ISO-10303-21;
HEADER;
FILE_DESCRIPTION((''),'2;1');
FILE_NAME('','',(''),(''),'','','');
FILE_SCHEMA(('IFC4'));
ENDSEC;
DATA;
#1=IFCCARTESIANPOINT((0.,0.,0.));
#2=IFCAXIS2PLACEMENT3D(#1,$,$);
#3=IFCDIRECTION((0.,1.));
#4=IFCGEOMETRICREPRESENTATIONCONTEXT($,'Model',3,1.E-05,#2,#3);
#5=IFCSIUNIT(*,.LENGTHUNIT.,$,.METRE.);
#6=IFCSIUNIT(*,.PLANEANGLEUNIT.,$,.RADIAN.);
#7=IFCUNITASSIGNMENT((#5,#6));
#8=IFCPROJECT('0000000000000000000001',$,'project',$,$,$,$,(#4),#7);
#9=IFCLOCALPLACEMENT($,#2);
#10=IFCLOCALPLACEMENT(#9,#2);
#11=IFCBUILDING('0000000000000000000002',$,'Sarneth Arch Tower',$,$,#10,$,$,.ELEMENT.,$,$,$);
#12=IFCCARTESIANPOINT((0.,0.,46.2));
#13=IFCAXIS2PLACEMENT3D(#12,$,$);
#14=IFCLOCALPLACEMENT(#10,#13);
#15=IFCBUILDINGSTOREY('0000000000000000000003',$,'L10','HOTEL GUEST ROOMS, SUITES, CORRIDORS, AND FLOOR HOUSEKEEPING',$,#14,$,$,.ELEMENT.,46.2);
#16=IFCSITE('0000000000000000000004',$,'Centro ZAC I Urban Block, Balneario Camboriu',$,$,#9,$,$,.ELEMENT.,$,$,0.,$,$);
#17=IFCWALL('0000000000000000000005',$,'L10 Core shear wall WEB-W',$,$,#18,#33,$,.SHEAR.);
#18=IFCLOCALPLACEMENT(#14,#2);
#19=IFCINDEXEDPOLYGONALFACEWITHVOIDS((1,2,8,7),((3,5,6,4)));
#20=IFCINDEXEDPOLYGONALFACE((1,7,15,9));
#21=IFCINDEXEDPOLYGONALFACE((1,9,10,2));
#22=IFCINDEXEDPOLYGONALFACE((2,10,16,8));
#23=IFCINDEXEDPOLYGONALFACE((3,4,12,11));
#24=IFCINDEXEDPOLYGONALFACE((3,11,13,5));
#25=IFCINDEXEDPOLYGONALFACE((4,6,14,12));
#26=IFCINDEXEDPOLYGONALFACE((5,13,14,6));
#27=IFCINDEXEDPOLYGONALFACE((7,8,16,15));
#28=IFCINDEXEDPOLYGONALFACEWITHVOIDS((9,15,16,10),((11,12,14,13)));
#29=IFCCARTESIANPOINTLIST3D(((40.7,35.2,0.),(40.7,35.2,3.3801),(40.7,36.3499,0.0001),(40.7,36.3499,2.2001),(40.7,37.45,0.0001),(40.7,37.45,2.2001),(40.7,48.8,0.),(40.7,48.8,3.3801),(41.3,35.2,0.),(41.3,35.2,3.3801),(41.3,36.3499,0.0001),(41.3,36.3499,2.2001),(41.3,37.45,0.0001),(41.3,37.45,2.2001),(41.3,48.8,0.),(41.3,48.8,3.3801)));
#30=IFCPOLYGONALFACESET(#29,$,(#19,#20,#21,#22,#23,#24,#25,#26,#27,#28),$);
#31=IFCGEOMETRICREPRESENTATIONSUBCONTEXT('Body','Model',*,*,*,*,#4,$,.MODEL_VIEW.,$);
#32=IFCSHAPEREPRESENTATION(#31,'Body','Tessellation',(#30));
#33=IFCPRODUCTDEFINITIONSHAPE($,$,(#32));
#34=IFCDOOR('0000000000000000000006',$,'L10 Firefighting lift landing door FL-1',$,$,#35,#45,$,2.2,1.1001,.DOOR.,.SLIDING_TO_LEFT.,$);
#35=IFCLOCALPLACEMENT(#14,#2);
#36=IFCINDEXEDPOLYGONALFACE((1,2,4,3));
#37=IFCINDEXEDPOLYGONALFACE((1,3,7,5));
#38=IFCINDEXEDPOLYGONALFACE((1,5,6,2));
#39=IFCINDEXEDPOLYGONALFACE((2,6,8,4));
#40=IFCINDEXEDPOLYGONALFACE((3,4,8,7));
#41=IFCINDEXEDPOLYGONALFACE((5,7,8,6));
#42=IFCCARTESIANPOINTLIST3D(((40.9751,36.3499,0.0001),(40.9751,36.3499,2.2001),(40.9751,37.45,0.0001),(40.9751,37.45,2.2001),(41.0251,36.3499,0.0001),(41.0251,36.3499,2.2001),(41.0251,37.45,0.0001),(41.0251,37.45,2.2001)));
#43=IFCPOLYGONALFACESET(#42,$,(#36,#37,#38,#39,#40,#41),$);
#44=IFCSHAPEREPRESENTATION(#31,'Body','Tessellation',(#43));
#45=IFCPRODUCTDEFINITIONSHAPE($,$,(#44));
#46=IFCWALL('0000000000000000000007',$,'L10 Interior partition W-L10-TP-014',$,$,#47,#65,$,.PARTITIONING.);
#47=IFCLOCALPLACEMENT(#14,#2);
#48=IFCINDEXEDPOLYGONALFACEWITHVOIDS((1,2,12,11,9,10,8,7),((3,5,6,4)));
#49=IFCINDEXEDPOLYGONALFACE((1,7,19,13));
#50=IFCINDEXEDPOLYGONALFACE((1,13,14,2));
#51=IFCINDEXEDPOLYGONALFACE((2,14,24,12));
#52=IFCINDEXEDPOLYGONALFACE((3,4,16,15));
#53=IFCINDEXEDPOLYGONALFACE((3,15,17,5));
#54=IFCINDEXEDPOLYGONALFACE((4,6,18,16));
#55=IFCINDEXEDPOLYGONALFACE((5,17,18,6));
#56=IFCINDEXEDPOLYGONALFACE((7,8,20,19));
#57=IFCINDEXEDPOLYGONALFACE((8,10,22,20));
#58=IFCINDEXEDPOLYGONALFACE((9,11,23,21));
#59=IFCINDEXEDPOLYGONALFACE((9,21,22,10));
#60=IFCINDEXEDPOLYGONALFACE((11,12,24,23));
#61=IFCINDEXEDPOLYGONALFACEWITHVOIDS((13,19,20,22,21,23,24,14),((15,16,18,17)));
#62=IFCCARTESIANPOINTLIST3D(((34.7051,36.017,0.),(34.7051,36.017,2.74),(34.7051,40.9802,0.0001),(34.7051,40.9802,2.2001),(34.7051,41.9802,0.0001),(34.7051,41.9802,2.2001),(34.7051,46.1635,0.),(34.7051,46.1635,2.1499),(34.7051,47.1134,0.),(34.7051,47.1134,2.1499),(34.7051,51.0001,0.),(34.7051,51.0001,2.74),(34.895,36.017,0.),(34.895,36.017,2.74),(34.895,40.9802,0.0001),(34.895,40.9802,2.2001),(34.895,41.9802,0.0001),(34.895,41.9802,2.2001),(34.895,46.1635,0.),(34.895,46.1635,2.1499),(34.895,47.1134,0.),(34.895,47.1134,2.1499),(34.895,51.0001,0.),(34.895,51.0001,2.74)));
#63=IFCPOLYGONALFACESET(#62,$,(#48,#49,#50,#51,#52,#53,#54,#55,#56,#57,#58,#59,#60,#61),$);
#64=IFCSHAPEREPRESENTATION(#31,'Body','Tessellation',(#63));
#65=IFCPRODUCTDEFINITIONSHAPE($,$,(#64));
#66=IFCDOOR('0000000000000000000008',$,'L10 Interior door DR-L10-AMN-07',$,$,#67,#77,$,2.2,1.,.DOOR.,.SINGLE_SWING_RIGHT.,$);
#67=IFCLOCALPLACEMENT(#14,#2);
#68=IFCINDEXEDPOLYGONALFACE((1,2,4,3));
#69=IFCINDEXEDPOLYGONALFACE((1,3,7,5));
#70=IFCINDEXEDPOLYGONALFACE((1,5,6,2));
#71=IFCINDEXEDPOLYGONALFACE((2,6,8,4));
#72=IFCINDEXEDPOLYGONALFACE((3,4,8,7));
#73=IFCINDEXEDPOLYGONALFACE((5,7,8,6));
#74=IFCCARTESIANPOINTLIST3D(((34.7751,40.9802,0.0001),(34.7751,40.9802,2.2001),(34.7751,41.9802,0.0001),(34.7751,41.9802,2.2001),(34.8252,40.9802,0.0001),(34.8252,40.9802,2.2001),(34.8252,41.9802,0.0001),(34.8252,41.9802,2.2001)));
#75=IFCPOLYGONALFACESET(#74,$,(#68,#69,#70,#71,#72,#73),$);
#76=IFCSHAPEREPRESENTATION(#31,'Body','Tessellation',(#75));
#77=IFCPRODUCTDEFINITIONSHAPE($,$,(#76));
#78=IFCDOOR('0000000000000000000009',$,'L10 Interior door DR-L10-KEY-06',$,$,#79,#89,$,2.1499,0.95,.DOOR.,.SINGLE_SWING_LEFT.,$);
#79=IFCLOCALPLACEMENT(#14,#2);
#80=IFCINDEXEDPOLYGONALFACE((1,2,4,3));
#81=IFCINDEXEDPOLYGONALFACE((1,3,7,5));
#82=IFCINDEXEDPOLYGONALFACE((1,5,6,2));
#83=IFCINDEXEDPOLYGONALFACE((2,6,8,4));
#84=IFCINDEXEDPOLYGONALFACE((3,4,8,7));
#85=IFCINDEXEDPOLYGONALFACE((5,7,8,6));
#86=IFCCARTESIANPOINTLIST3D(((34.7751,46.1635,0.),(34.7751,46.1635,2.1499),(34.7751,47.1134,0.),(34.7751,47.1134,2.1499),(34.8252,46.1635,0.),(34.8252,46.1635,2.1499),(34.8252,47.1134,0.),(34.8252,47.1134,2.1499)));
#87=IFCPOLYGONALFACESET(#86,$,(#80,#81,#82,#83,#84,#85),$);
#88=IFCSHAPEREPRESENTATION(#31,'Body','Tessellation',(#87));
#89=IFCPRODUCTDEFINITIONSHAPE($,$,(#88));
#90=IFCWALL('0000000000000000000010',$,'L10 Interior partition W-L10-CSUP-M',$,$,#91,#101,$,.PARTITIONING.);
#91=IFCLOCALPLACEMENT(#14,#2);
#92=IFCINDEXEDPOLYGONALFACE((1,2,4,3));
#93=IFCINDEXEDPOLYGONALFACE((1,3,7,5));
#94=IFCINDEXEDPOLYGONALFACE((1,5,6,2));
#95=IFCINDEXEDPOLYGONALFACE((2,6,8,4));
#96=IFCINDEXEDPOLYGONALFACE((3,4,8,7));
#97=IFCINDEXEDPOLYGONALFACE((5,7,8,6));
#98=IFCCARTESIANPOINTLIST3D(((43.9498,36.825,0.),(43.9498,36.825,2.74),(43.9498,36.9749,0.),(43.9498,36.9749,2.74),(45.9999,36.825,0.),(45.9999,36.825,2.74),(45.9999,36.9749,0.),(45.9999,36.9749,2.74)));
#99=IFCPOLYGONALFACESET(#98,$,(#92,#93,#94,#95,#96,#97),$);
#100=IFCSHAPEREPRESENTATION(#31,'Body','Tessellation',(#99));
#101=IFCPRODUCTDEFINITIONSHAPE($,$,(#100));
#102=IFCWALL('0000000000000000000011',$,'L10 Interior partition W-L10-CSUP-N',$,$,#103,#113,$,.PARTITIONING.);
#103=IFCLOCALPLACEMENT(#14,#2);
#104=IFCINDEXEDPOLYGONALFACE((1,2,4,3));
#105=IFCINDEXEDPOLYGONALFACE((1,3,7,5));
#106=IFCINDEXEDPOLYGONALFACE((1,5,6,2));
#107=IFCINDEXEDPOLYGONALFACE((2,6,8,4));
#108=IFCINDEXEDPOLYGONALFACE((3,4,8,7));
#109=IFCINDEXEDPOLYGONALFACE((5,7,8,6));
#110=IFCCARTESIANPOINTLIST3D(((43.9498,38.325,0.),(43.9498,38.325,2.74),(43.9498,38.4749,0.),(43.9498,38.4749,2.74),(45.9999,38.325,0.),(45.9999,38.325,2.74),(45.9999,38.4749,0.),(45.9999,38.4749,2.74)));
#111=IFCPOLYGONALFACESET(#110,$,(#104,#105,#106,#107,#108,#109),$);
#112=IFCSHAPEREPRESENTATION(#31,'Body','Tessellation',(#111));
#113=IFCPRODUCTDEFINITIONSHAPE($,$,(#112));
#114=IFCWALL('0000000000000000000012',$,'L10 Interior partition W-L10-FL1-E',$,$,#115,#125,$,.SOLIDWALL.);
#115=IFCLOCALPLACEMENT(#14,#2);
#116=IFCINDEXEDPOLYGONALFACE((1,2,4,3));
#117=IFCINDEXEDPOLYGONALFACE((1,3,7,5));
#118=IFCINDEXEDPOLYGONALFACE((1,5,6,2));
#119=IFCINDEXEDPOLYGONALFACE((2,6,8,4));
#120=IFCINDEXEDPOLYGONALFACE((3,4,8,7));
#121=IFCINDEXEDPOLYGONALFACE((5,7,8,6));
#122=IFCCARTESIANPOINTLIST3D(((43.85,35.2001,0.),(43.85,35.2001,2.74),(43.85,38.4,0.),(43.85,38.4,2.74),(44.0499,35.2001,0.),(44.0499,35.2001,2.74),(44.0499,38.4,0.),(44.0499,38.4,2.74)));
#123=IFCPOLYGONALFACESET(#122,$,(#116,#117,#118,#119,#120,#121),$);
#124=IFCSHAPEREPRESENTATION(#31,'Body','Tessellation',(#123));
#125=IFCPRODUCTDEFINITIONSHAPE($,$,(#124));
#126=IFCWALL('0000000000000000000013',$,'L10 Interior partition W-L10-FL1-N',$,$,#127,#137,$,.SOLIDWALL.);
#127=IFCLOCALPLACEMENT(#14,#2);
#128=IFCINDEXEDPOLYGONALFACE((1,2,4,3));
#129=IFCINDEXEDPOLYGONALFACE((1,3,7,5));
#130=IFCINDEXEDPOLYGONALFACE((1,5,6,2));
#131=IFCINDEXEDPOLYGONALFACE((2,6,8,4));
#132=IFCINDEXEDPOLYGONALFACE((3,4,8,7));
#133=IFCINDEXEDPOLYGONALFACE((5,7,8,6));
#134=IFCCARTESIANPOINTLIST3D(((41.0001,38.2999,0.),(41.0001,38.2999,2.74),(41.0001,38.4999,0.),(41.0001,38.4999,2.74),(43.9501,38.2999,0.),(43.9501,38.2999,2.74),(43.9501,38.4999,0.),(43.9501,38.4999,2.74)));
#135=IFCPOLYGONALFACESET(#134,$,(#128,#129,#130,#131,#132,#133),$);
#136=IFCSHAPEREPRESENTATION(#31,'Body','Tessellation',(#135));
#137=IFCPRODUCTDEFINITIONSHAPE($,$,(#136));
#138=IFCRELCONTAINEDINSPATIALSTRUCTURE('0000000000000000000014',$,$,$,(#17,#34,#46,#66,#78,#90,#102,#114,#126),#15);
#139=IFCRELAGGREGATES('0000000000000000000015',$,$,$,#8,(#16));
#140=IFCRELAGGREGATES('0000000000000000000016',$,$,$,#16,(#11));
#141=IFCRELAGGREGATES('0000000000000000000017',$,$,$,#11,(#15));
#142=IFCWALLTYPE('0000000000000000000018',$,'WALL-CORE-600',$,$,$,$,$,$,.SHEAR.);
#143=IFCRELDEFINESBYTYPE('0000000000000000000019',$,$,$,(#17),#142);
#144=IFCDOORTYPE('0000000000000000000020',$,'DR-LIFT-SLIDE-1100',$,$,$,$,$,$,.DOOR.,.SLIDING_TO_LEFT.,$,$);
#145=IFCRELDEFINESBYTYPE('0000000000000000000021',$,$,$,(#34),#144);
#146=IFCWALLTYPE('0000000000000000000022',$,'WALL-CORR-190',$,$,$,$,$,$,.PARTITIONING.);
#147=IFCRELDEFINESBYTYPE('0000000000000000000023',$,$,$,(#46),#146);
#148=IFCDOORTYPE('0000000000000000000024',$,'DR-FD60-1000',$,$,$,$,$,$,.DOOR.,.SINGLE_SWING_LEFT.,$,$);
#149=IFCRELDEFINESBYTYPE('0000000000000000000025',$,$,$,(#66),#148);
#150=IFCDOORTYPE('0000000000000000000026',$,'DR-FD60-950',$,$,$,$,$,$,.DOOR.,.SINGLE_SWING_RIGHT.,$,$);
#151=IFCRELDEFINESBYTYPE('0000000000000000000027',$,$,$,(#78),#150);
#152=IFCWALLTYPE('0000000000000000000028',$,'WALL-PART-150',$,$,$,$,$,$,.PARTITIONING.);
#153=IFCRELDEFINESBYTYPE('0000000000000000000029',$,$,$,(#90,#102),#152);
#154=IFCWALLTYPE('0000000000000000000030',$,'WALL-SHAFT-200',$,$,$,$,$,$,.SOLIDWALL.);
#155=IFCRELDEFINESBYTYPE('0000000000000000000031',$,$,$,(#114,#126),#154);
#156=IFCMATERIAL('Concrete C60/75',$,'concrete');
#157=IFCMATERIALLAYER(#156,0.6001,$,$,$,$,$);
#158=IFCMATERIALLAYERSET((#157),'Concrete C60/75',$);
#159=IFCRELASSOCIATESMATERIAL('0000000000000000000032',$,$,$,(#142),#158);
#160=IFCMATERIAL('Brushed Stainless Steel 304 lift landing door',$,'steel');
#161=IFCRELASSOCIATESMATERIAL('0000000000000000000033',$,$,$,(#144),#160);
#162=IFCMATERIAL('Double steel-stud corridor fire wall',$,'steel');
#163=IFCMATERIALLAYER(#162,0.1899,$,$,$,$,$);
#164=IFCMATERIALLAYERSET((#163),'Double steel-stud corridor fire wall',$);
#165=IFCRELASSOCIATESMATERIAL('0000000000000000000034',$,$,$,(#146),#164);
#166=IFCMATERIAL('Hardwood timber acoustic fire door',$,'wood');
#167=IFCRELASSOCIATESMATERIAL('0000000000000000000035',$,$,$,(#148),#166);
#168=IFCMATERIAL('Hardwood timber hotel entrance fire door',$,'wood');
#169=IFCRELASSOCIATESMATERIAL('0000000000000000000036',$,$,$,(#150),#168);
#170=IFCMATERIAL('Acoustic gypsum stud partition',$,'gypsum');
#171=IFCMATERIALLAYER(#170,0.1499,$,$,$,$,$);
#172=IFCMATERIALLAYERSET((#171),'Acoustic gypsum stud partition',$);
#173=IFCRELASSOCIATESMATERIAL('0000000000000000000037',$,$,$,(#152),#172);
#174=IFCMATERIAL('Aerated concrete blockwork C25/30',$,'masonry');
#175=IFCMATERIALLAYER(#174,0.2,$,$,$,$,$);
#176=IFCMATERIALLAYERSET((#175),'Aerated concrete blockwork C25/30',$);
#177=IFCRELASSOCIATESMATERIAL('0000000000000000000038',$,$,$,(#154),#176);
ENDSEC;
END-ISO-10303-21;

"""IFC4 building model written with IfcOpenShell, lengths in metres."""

from ifc_helpers import new_model, si_unit, direction, frame, frame_2d, origin, place, context, subcontext, project, spatial, rectangle, extrude, material, layer, layer_set, type_object, element, fill, save


model = new_model("IFC4")

# Units and contexts
model_context = context("Model", 3, precision=1e-05, world=origin(), true_north=direction((0.0, 1.0)))
body_context = subcontext(model_context, "Body", "Model", "MODEL_VIEW")
ifc_project = project(units=[si_unit("LENGTHUNIT", "METRE"), si_unit("PLANEANGLEUNIT", "RADIAN")], contexts=[model_context])

# Site, building, storey
site_placement = place(None, origin())
site = spatial("IfcSite", under=ifc_project, at=site_placement, Name="Centro ZAC I Urban Block, Balneario Camboriu", CompositionType="ELEMENT", RefElevation=0.0)
building_placement = place(site_placement, origin())
building = spatial("IfcBuilding", under=site, at=building_placement, Name="Sarneth Arch Tower", CompositionType="ELEMENT")
storey_placement = place(building_placement, frame((0.0, 0.0, 46.2)))
storey = spatial("IfcBuildingStorey", under=building, at=storey_placement, Name="L10", Description="HOTEL GUEST ROOMS, SUITES, CORRIDORS, AND FLOOR HOUSEKEEPING", CompositionType="ELEMENT", Elevation=46.2)

# Shared definitions
ifc_material_1 = material(Name="Concrete C60/75", Category="concrete")
ifc_layer_1 = layer(ifc_material_1, 0.6001)
ifc_layer_set_1 = layer_set([ifc_layer_1], Name="Concrete C60/75")
wall_type_1 = type_object("IfcWallType", Name="WALL-CORE-600", PredefinedType="SHEAR", material=ifc_layer_set_1)

# Wall, opening, door
wall_1_placement = place(storey_placement, frame((41.0, 35.2, 0.0), z_axis=(0.0, 0.0, 1.0), x_axis=(0.0, 1.0, 0.0)))
wall_1 = element("IfcWall", 1, at=wall_1_placement, inside=storey, type_object=wall_type_1, Name="L10 Core shear wall WEB-W", PredefinedType="SHEAR", context=body_context, shape_type="SweptSolid", body=[
    extrude(rectangle(XDim=13.6001, YDim=0.6001, at=frame_2d((6.8, 0.0))), origin(), (0.0, 0.0, 1.0), 3.3801),
])
opening_1_placement = place(wall_1_placement, frame((1.1499, 0.0, 0.0)))
opening_1 = element("IfcOpeningElement", 2, at=opening_1_placement, cuts=wall_1, PredefinedType="OPENING", context=body_context, shape_type="SweptSolid", body=[
    extrude(rectangle(XDim=1.1001, YDim=2.2, at=frame_2d((0.55, 1.1001))), frame((0.0, 0.3101, 0.0), z_axis=(0.0, -1.0, 0.0), x_axis=(1.0, 0.0, 0.0)), (0.0, 0.0, 1.0), 0.6201),
])
ifc_material_2 = material(Name="Brushed Stainless Steel 304 lift landing door", Category="steel")
door_type_1 = type_object("IfcDoorType", Name="DR-LIFT-SLIDE-1100", OperationType="SLIDING_TO_LEFT", PredefinedType="DOOR", material=ifc_material_2)
door_1_placement = place(opening_1_placement, origin())
door_1 = element("IfcDoor", 3, at=door_1_placement, inside=storey, type_object=door_type_1, Name="L10 Firefighting lift landing door FL-1", OperationType="SLIDING_TO_LEFT", OverallHeight=2.2, OverallWidth=1.1001, PredefinedType="DOOR", context=body_context, shape_type="SweptSolid", body=[
    extrude(rectangle(XDim=1.1001, YDim=2.2, at=frame_2d((0.55, 1.1001))), frame((0.0, 0.0249, 0.0), z_axis=(0.0, -1.0, 0.0), x_axis=(1.0, 0.0, 0.0)), (0.0, 0.0, 1.0), 0.05),
])
fill(opening_1, door_1)

# Wall, openings, doors
ifc_material_3 = material(Name="Double steel-stud corridor fire wall", Category="steel")
ifc_layer_2 = layer(ifc_material_3, 0.1899)
ifc_layer_set_2 = layer_set([ifc_layer_2], Name="Double steel-stud corridor fire wall")
wall_type_2 = type_object("IfcWallType", Name="WALL-CORR-190", PredefinedType="PARTITIONING", material=ifc_layer_set_2)
wall_2_placement = place(storey_placement, frame((34.8, 36.0168, 0.0), z_axis=(0.0, 0.0, 1.0), x_axis=(0.0, 1.0, 0.0)))
wall_2 = element("IfcWall", 4, at=wall_2_placement, inside=storey, type_object=wall_type_2, Name="L10 Interior partition W-L10-TP-014", PredefinedType="PARTITIONING", context=body_context, shape_type="SweptSolid", body=[
    extrude(rectangle(XDim=14.9832, YDim=0.1899, at=frame_2d((7.4917, 0.0))), origin(), (0.0, 0.0, 1.0), 2.74),
])
opening_2_placement = place(wall_2_placement, frame((4.9634, 0.0, 0.0)))
opening_2 = element("IfcOpeningElement", 5, at=opening_2_placement, cuts=wall_2, PredefinedType="OPENING", context=body_context, shape_type="SweptSolid", body=[
    extrude(rectangle(XDim=1.0, YDim=2.2, at=frame_2d((0.5, 1.1001))), frame((0.0, 0.105, 0.0), z_axis=(0.0, -1.0, 0.0), x_axis=(1.0, 0.0, 0.0)), (0.0, 0.0, 1.0), 0.21),
])
opening_3_placement = place(wall_2_placement, frame((10.1465, 0.0, 0.0)))
opening_3 = element("IfcOpeningElement", 6, at=opening_3_placement, cuts=wall_2, PredefinedType="OPENING", context=body_context, shape_type="SweptSolid", body=[
    extrude(rectangle(XDim=0.95, YDim=2.1499, at=frame_2d((0.4751, 1.075))), frame((0.0, 0.105, 0.0), z_axis=(0.0, -1.0, 0.0), x_axis=(1.0, 0.0, 0.0)), (0.0, 0.0, 1.0), 0.21),
])
ifc_material_4 = material(Name="Hardwood timber acoustic fire door", Category="wood")
door_type_2 = type_object("IfcDoorType", Name="DR-FD60-1000", OperationType="SINGLE_SWING_LEFT", PredefinedType="DOOR", material=ifc_material_4)
door_2_placement = place(opening_2_placement, origin())
door_2 = element("IfcDoor", 7, at=door_2_placement, inside=storey, type_object=door_type_2, Name="L10 Interior door DR-L10-AMN-07", OperationType="SINGLE_SWING_RIGHT", OverallHeight=2.2, OverallWidth=1.0, PredefinedType="DOOR", context=body_context, shape_type="SweptSolid", body=[
    extrude(rectangle(XDim=1.0, YDim=2.2, at=frame_2d((0.5, 1.1001))), frame((0.0, 0.0249, 0.0), z_axis=(0.0, -1.0, 0.0), x_axis=(1.0, 0.0, 0.0)), (0.0, 0.0, 1.0), 0.05),
])
fill(opening_2, door_2)
ifc_material_5 = material(Name="Hardwood timber hotel entrance fire door", Category="wood")
door_type_3 = type_object("IfcDoorType", Name="DR-FD60-950", OperationType="SINGLE_SWING_RIGHT", PredefinedType="DOOR", material=ifc_material_5)
door_3_placement = place(opening_3_placement, origin())
door_3 = element("IfcDoor", 8, at=door_3_placement, inside=storey, type_object=door_type_3, Name="L10 Interior door DR-L10-KEY-06", OperationType="SINGLE_SWING_LEFT", OverallHeight=2.1499, OverallWidth=0.95, PredefinedType="DOOR", context=body_context, shape_type="SweptSolid", body=[
    extrude(rectangle(XDim=0.95, YDim=2.1499, at=frame_2d((0.4751, 1.075))), frame((0.0, 0.0249, 0.0), z_axis=(0.0, -1.0, 0.0), x_axis=(1.0, 0.0, 0.0)), (0.0, 0.0, 1.0), 0.05),
])
fill(opening_3, door_3)

# Walls
ifc_material_6 = material(Name="Acoustic gypsum stud partition", Category="gypsum")
ifc_layer_3 = layer(ifc_material_6, 0.1499)
ifc_layer_set_3 = layer_set([ifc_layer_3], Name="Acoustic gypsum stud partition")
wall_type_3 = type_object("IfcWallType", Name="WALL-PART-150", PredefinedType="PARTITIONING", material=ifc_layer_set_3)
for number, where, z_axis, x_axis, name in (
    (9, (43.95, 36.8999, 0.0), (0.0, 0.0, 1.0), (1.0, 0.0, 0.0), "L10 Interior partition W-L10-CSUP-M"),
    (10, (43.95, 38.3999, 0.0), (0.0, 0.0, 1.0), (1.0, 0.0, 0.0), "L10 Interior partition W-L10-CSUP-N"),
):
    element("IfcWall", number, at=place(storey_placement, frame(where, z_axis=z_axis, x_axis=x_axis)), inside=storey, type_object=wall_type_3, Name=name, PredefinedType="PARTITIONING", context=body_context, shape_type="SweptSolid", body=[
        extrude(rectangle(XDim=2.05, YDim=0.1499, at=frame_2d((1.0249, 0.0))), origin(), (0.0, 0.0, 1.0), 2.74),
    ])

# Shared definitions
ifc_material_7 = material(Name="Aerated concrete blockwork C25/30", Category="masonry")
ifc_layer_4 = layer(ifc_material_7, 0.2)
ifc_layer_set_4 = layer_set([ifc_layer_4], Name="Aerated concrete blockwork C25/30")
wall_type_4 = type_object("IfcWallType", Name="WALL-SHAFT-200", PredefinedType="SOLIDWALL", material=ifc_layer_set_4)

# Walls
wall_3_placement = place(storey_placement, frame((43.95, 35.2, 0.0), z_axis=(0.0, 0.0, 1.0), x_axis=(0.0, 1.0, 0.0)))
element("IfcWall", 11, at=wall_3_placement, inside=storey, type_object=wall_type_4, Name="L10 Interior partition W-L10-FL1-E", PredefinedType="SOLIDWALL", context=body_context, shape_type="SweptSolid", body=[
    extrude(rectangle(XDim=3.2, YDim=0.2, at=frame_2d((1.6001, 0.0))), origin(), (0.0, 0.0, 1.0), 2.74),
])
wall_4_placement = place(storey_placement, frame((41.0, 38.3999, 0.0), z_axis=(0.0, 0.0, 1.0), x_axis=(1.0, 0.0, 0.0)))
element("IfcWall", 12, at=wall_4_placement, inside=storey, type_object=wall_type_4, Name="L10 Interior partition W-L10-FL1-N", PredefinedType="SOLIDWALL", context=body_context, shape_type="SweptSolid", body=[
    extrude(rectangle(XDim=2.95, YDim=0.2, at=frame_2d((1.4751, 0.0))), origin(), (0.0, 0.0, 1.0), 2.74),
])

save(model, "model.ifc")
